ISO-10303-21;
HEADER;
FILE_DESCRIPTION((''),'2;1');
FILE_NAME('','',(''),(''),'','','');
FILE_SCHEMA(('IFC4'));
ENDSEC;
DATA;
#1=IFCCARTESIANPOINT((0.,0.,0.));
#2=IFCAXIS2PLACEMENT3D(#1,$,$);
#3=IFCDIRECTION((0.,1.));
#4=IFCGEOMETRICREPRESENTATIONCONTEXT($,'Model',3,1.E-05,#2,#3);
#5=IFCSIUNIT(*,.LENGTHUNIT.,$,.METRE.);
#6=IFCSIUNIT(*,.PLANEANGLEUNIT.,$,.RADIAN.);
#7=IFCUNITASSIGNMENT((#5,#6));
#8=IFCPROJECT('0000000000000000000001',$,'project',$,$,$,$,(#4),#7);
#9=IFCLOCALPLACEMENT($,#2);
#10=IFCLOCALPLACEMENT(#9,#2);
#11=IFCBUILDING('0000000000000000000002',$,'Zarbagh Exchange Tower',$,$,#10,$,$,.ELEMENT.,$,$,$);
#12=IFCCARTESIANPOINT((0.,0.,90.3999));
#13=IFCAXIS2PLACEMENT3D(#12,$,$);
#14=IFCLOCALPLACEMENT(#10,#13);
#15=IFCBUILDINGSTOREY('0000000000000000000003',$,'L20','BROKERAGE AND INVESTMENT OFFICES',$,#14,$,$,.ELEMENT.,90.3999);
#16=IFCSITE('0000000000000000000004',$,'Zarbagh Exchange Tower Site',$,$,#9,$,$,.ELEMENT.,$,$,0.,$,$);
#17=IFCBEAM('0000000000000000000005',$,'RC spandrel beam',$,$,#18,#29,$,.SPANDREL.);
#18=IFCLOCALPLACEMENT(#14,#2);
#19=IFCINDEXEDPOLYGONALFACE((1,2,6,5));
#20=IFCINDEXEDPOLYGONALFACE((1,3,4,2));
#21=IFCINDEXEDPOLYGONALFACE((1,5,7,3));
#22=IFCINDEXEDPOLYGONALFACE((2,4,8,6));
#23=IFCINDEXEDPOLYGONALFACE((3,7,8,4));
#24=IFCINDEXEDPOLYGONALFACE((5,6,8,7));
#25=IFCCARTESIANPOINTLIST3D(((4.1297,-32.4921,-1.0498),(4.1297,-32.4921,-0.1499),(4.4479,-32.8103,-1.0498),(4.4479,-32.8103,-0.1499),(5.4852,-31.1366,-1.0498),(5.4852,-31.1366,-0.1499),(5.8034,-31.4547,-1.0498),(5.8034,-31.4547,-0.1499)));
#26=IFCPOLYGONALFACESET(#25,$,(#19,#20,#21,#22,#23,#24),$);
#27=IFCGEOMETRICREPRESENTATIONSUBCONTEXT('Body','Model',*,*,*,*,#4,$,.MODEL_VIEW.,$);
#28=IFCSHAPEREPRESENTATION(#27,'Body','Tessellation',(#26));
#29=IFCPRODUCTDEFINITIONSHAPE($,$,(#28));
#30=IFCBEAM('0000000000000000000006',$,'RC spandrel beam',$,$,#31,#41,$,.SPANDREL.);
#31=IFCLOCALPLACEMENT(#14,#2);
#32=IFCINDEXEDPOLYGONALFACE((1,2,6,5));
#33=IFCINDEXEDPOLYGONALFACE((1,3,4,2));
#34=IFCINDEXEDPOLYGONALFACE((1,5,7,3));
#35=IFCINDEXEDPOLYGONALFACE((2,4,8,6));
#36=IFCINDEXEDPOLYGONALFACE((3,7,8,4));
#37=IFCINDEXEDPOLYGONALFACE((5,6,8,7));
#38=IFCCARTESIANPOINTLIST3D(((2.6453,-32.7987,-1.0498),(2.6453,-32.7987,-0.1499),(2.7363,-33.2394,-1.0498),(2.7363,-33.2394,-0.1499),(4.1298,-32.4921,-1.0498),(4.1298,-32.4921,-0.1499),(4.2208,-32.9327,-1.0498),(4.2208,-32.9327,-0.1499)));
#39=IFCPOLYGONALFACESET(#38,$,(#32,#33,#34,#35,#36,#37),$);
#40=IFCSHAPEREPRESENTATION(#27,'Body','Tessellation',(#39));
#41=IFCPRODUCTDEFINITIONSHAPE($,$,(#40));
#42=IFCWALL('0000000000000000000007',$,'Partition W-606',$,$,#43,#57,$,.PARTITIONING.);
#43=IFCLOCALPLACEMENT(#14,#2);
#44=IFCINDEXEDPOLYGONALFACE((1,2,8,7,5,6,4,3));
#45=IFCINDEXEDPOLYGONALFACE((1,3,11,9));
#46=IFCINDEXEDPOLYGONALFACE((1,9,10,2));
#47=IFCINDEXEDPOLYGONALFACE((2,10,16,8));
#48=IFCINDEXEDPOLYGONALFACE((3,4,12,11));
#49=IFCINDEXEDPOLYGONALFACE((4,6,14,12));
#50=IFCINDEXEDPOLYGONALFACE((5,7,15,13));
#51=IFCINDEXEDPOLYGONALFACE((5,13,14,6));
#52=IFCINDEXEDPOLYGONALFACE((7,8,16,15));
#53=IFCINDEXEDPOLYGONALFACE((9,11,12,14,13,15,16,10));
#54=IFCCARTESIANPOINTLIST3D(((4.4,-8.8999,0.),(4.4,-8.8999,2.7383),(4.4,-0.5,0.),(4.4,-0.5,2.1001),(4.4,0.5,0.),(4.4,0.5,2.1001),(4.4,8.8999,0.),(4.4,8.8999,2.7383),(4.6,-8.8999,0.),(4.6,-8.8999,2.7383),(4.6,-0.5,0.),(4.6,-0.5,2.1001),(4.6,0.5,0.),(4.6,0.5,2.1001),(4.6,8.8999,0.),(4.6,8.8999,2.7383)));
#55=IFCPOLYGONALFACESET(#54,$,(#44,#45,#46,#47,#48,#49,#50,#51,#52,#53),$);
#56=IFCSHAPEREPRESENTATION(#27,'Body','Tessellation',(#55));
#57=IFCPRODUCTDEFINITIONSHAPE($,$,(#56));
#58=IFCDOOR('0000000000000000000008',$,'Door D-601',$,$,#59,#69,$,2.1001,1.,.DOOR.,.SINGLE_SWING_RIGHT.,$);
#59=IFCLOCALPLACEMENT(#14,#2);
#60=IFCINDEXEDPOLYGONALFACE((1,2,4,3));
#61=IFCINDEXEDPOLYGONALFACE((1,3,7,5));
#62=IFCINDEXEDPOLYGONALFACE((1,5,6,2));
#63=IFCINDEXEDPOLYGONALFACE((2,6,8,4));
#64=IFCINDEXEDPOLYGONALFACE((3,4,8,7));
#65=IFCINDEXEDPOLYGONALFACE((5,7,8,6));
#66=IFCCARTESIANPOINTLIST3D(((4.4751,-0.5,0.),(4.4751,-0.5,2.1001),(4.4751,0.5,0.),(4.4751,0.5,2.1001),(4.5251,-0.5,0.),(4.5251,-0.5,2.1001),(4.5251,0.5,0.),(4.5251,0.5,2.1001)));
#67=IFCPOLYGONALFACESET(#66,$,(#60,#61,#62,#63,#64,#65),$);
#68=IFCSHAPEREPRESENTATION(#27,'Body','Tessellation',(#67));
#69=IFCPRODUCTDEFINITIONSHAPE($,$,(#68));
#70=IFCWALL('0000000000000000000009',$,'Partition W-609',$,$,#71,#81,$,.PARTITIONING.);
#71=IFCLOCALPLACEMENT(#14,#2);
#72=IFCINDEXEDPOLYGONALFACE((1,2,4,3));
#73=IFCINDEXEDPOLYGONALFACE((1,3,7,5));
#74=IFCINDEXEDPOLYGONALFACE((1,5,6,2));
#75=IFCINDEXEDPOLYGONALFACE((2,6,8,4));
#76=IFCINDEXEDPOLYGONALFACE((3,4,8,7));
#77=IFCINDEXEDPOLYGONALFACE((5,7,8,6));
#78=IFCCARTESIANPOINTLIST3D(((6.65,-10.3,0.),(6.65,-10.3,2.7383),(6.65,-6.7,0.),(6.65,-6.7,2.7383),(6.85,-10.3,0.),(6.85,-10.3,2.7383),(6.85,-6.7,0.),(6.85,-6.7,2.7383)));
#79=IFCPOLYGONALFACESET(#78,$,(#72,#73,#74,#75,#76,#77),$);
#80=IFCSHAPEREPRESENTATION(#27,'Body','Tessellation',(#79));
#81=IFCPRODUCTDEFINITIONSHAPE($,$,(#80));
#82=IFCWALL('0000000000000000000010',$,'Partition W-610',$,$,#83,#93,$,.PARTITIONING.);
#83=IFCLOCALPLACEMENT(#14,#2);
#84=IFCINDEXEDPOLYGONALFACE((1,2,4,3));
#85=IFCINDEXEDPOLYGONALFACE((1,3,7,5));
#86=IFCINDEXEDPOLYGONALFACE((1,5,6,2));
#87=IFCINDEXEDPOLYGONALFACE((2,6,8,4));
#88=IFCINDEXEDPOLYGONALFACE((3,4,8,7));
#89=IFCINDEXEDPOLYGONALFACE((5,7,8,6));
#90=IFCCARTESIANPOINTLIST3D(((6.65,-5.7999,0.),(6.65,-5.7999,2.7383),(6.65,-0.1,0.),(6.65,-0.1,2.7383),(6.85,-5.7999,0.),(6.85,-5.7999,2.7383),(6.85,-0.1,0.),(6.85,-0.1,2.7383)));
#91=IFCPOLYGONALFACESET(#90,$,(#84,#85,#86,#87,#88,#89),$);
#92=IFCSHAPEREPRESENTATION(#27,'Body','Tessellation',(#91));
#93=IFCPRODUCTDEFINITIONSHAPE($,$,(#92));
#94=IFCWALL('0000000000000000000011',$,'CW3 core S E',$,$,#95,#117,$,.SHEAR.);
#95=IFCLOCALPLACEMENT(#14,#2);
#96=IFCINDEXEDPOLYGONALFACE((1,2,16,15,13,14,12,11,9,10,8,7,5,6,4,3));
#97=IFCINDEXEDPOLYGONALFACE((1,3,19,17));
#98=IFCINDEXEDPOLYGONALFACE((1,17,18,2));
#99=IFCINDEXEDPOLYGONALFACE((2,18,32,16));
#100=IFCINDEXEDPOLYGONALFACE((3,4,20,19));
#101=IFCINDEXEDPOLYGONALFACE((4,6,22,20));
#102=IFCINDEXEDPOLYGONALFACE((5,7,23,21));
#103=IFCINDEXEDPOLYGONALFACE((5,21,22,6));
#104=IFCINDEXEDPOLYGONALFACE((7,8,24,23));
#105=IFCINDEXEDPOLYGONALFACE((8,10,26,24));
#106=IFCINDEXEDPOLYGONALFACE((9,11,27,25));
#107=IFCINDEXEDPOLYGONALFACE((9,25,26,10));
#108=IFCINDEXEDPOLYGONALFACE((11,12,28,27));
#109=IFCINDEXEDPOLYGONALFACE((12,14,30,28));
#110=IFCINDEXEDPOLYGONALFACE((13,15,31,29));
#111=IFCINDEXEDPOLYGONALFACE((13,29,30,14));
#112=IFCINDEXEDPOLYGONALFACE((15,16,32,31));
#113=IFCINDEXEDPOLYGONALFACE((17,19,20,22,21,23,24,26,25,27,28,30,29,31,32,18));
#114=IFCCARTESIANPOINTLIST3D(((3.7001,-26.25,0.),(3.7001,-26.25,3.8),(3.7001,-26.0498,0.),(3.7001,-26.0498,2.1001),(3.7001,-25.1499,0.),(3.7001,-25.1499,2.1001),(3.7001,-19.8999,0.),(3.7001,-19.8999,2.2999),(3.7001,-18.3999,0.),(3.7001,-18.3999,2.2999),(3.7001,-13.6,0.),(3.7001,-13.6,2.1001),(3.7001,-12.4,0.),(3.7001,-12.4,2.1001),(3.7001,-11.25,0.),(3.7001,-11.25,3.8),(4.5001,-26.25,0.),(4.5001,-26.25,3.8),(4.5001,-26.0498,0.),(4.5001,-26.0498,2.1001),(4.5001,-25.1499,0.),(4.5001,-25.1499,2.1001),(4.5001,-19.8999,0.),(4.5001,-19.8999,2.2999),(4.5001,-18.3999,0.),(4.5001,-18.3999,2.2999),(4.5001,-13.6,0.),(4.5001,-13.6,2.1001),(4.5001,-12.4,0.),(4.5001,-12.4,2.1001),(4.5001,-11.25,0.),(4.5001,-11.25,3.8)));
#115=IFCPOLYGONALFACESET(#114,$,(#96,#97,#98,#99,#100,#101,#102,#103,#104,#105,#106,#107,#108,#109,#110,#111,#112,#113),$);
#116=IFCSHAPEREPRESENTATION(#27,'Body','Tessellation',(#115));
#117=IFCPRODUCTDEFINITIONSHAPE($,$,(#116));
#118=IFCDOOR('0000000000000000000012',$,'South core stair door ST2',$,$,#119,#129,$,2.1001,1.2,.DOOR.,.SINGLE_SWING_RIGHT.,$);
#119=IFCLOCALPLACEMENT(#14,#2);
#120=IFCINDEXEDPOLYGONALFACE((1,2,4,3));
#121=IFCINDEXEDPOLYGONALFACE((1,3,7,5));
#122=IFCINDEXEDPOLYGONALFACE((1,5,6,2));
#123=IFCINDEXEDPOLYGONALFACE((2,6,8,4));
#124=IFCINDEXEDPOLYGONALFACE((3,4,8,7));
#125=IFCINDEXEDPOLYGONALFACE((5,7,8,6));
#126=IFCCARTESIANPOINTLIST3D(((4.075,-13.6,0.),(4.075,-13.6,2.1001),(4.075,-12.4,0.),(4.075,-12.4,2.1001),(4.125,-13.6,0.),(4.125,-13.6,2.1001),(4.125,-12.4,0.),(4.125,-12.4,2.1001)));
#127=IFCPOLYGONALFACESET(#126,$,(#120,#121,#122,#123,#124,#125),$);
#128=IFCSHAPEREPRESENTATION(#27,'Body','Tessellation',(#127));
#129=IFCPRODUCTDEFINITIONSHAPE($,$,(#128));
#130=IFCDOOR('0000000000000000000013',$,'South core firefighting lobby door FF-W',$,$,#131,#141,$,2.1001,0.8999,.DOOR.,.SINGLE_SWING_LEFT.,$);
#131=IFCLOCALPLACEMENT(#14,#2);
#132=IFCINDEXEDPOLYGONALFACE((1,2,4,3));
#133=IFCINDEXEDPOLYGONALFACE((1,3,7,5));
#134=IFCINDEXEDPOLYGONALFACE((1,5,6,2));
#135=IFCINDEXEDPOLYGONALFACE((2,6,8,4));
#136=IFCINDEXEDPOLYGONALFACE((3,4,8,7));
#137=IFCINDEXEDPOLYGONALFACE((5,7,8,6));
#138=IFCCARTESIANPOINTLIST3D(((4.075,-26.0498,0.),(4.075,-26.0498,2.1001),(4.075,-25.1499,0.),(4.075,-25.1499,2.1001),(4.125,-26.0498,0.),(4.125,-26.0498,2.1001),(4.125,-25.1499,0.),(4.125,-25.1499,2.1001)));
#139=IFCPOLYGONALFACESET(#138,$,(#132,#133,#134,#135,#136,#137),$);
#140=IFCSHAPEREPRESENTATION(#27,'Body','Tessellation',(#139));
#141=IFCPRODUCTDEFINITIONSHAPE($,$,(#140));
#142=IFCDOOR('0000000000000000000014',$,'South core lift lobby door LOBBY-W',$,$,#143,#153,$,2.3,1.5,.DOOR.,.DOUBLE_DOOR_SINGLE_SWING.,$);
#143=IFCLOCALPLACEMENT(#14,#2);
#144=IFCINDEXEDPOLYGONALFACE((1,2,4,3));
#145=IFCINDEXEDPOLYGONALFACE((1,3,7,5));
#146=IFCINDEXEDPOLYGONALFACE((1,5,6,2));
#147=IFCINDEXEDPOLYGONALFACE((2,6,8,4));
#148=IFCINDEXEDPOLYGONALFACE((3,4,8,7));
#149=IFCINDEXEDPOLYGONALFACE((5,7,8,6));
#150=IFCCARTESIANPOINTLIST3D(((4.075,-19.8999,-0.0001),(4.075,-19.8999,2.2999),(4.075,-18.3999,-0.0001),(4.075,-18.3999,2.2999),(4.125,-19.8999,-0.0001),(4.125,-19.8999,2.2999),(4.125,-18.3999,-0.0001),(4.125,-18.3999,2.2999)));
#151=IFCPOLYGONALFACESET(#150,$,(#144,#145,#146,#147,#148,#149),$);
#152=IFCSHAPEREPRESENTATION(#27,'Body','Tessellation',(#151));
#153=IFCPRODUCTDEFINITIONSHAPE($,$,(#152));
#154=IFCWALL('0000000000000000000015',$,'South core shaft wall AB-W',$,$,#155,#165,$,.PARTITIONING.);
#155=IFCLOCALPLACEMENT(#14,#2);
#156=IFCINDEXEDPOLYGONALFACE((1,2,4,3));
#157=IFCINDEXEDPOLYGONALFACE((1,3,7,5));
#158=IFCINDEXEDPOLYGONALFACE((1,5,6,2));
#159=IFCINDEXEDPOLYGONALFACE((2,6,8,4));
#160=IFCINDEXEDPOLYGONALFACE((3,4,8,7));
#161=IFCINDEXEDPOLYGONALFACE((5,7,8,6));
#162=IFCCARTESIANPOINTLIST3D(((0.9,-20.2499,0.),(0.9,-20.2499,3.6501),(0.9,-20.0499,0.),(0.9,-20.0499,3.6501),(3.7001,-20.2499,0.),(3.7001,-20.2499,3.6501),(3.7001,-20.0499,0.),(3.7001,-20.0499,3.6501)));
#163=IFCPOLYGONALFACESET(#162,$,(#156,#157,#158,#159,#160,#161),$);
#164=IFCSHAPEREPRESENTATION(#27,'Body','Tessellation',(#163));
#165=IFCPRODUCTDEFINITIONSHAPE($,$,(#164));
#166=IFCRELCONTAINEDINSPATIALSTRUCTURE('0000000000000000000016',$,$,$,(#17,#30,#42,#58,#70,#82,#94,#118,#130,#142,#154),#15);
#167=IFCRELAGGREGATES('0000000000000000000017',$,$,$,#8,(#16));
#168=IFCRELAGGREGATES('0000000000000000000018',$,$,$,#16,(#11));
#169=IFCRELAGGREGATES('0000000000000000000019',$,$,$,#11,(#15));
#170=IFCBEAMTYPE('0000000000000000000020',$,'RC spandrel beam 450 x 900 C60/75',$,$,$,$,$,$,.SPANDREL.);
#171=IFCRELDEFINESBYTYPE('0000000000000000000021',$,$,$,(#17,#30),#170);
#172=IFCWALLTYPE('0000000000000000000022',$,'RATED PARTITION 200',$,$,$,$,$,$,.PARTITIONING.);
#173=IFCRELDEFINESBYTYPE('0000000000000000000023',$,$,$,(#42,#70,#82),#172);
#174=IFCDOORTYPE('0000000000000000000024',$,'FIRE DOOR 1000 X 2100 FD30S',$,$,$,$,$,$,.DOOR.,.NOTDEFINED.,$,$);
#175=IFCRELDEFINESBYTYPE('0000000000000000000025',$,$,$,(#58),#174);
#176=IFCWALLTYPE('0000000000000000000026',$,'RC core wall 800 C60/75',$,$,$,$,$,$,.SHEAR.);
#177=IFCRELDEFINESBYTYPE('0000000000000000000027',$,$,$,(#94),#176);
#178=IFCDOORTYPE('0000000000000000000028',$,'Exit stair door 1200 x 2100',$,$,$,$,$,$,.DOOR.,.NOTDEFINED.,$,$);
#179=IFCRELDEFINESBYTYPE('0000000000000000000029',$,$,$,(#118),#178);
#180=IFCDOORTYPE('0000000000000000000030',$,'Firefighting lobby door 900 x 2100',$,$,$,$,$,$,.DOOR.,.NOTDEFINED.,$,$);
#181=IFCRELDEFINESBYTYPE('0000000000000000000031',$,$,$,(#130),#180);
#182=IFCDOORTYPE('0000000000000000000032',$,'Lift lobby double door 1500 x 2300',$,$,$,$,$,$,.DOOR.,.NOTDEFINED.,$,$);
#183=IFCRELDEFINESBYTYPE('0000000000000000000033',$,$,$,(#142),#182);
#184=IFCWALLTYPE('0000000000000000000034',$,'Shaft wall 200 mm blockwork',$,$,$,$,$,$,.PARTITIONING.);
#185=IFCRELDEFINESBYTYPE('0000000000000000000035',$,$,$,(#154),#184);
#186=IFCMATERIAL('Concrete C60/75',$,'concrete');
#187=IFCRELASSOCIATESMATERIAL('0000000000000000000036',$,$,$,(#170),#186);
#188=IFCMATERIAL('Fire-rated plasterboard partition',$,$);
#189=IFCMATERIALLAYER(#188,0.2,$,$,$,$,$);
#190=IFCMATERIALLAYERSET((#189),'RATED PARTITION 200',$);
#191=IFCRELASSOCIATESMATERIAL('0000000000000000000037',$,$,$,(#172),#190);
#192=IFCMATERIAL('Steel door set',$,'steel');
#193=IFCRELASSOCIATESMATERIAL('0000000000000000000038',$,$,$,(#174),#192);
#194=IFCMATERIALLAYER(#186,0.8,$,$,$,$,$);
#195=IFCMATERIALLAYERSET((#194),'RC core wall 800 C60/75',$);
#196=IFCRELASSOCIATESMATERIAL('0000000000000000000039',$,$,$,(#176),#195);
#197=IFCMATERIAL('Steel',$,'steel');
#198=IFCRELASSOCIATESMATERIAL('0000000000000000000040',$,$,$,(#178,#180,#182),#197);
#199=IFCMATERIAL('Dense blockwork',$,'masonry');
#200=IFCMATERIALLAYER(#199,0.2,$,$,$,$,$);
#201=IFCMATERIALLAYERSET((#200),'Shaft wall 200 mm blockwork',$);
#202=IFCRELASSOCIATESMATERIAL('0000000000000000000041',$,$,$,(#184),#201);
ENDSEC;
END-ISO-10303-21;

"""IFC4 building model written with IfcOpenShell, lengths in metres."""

from ifc_helpers import new_model, si_unit, direction, frame, frame_2d, origin, origin_2d, place, context, subcontext, project, spatial, rectangle, extrude, material, layer, layer_set, material_profile, profile_set, type_object, element, fill, save


model = new_model("IFC4")

# Units and contexts
model_context = context("Model", 3, precision=1e-05, world=origin(), true_north=direction((0.0, 1.0)))
body_context = subcontext(model_context, "Body", "Model", "MODEL_VIEW")
ifc_project = project(units=[si_unit("LENGTHUNIT", "METRE"), si_unit("PLANEANGLEUNIT", "RADIAN")], contexts=[model_context])

# Site, building, storey
site_placement = place(None, origin())
site = spatial("IfcSite", under=ifc_project, at=site_placement, Name="Zarbagh Exchange Tower Site", CompositionType="ELEMENT", RefElevation=0.0)
building_placement = place(site_placement, origin())
building = spatial("IfcBuilding", under=site, at=building_placement, Name="Zarbagh Exchange Tower", CompositionType="ELEMENT")
storey_placement = place(building_placement, frame((0.0, 0.0, 90.3999)))
storey = spatial("IfcBuildingStorey", under=building, at=storey_placement, Name="L20", Description="BROKERAGE AND INVESTMENT OFFICES", CompositionType="ELEMENT", Elevation=90.3999)

# Shared definitions
ifc_material_1 = material(Name="Concrete C60/75", Category="concrete")

# Beams
ifc_material_profile_1 = material_profile(ifc_material_1, rectangle(XDim=0.45, YDim=0.8999, at=origin_2d()), Name="RC spandrel beam 450 x 900 C60/75")
ifc_profile_set_1 = profile_set([ifc_material_profile_1], Name="Concrete C60/75")
beam_type_1 = type_object("IfcBeamType", Name="RC spandrel beam 450 x 900 C60/75", PredefinedType="SPANDREL", material=ifc_profile_set_1)
beam_1_placement = place(storey_placement, frame((5.6443, -31.2957, -0.5999), z_axis=(-0.707107, -0.707107, 0.0), x_axis=(0.707107, -0.707107, 0.0)))
element("IfcBeam", 1, at=beam_1_placement, inside=storey, type_object=beam_type_1, Name="RC spandrel beam", PredefinedType="SPANDREL", context=body_context, shape_type="SweptSolid", body=[
    extrude(rectangle(XDim=0.45, YDim=0.8999, at=origin_2d()), origin(), (0.0, 0.0, 1.0), 1.917),
])
beam_2_placement = place(storey_placement, frame((4.1753, -32.7124, -0.5999), z_axis=(-0.979329, -0.202275, 0.0), x_axis=(0.202275, -0.979329, 0.0)))
element("IfcBeam", 2, at=beam_2_placement, inside=storey, type_object=beam_type_1, Name="RC spandrel beam", PredefinedType="SPANDREL", context=body_context, shape_type="SweptSolid", body=[
    extrude(rectangle(XDim=0.45, YDim=0.8999, at=origin_2d()), origin(), (0.0, 0.0, 1.0), 1.5159),
])

# Wall, opening, door
ifc_material_2 = material(Name="Fire-rated plasterboard partition")
ifc_layer_1 = layer(ifc_material_2, 0.2)
ifc_layer_set_1 = layer_set([ifc_layer_1], Name="RATED PARTITION 200")
wall_type_1 = type_object("IfcWallType", Name="RATED PARTITION 200", PredefinedType="PARTITIONING", material=ifc_layer_set_1)
wall_1_placement = place(storey_placement, frame((4.5, -8.8999, 0.0), z_axis=(0.0, 0.0, 1.0), x_axis=(0.0, 1.0, 0.0)))
wall_1 = element("IfcWall", 3, at=wall_1_placement, inside=storey, type_object=wall_type_1, Name="Partition W-606", PredefinedType="PARTITIONING", context=body_context, shape_type="SweptSolid", body=[
    extrude(rectangle(XDim=17.7998, YDim=0.2, at=frame_2d((8.8999, 0.0))), origin(), (0.0, 0.0, 1.0), 2.7383),
])
opening_1_placement = place(wall_1_placement, frame((8.3999, 0.0, 0.0)))
opening_1 = element("IfcOpeningElement", 4, at=opening_1_placement, cuts=wall_1, PredefinedType="OPENING", context=body_context, shape_type="SweptSolid", body=[
    extrude(rectangle(XDim=1.0, YDim=2.1001, at=frame_2d((0.5, 1.05))), frame((0.0, 0.1099, 0.0), z_axis=(0.0, -1.0, 0.0), x_axis=(1.0, 0.0, 0.0)), (0.0, 0.0, 1.0), 0.22),
])
ifc_material_3 = material(Name="Steel door set", Category="steel")
door_type_1 = type_object("IfcDoorType", Name="FIRE DOOR 1000 X 2100 FD30S", OperationType="NOTDEFINED", PredefinedType="DOOR", material=ifc_material_3)
door_1_placement = place(opening_1_placement, origin())
door_1 = element("IfcDoor", 5, at=door_1_placement, inside=storey, type_object=door_type_1, Name="Door D-601", OperationType="SINGLE_SWING_RIGHT", OverallHeight=2.1001, OverallWidth=1.0, PredefinedType="DOOR", context=body_context, shape_type="SweptSolid", body=[
    extrude(rectangle(XDim=1.0, YDim=2.1001, at=frame_2d((0.5, 1.05))), frame((0.0, 0.0249, 0.0), z_axis=(0.0, -1.0, 0.0), x_axis=(1.0, 0.0, 0.0)), (0.0, 0.0, 1.0), 0.05),
])
fill(opening_1, door_1)

# Walls
wall_2_placement = place(storey_placement, frame((6.75, -10.3, 0.0), z_axis=(0.0, 0.0, 1.0), x_axis=(0.0, 1.0, 0.0)))
element("IfcWall", 6, at=wall_2_placement, inside=storey, type_object=wall_type_1, Name="Partition W-609", PredefinedType="PARTITIONING", context=body_context, shape_type="SweptSolid", body=[
    extrude(rectangle(XDim=3.6001, YDim=0.2, at=frame_2d((1.8, 0.0))), origin(), (0.0, 0.0, 1.0), 2.7383),
])
wall_3_placement = place(storey_placement, frame((6.75, -5.8, 0.0), z_axis=(0.0, 0.0, 1.0), x_axis=(0.0, 1.0, 0.0)))
element("IfcWall", 7, at=wall_3_placement, inside=storey, type_object=wall_type_1, Name="Partition W-610", PredefinedType="PARTITIONING", context=body_context, shape_type="SweptSolid", body=[
    extrude(rectangle(XDim=5.7, YDim=0.2, at=frame_2d((2.8501, 0.0))), origin(), (0.0, 0.0, 1.0), 2.7383),
])

# Wall, openings, doors
ifc_layer_2 = layer(ifc_material_1, 0.8)
ifc_layer_set_2 = layer_set([ifc_layer_2], Name="RC core wall 800 C60/75")
wall_type_2 = type_object("IfcWallType", Name="RC core wall 800 C60/75", PredefinedType="SHEAR", material=ifc_layer_set_2)
wall_4_placement = place(storey_placement, frame((4.1001, -11.25, 0.0), z_axis=(0.0, 0.0, 1.0), x_axis=(0.0, -1.0, 0.0)))
wall_4 = element("IfcWall", 8, at=wall_4_placement, inside=storey, type_object=wall_type_2, Name="CW3 core S E", PredefinedType="SHEAR", context=body_context, shape_type="SweptSolid", body=[
    extrude(rectangle(XDim=15.0, YDim=0.8, at=frame_2d((7.5, 0.0))), origin(), (0.0, 0.0, 1.0), 3.8),
])
opening_2_placement = place(wall_4_placement, frame((7.1499, 0.0, 0.0)))
opening_2 = element("IfcOpeningElement", 9, at=opening_2_placement, cuts=wall_4, PredefinedType="OPENING", context=body_context, shape_type="SweptSolid", body=[
    extrude(rectangle(XDim=1.5, YDim=2.3, at=frame_2d((0.75, 1.1499))), frame((0.0, 0.4099, 0.0), z_axis=(0.0, -1.0, 0.0), x_axis=(1.0, 0.0, 0.0)), (0.0, 0.0, 1.0), 0.8201),
])
opening_3_placement = place(wall_4_placement, frame((13.8999, 0.0, 0.0)))
opening_3 = element("IfcOpeningElement", 10, at=opening_3_placement, cuts=wall_4, PredefinedType="OPENING", context=body_context, shape_type="SweptSolid", body=[
    extrude(rectangle(XDim=0.8999, YDim=2.1001, at=frame_2d((0.45, 1.05))), frame((0.0, 0.4099, 0.0), z_axis=(0.0, -1.0, 0.0), x_axis=(1.0, 0.0, 0.0)), (0.0, 0.0, 1.0), 0.8201),
])
opening_4_placement = place(wall_4_placement, frame((1.1499, 0.0, 0.0)))
opening_4 = element("IfcOpeningElement", 11, at=opening_4_placement, cuts=wall_4, PredefinedType="OPENING", context=body_context, shape_type="SweptSolid", body=[
    extrude(rectangle(XDim=1.2, YDim=2.1001, at=frame_2d((0.6001, 1.05))), frame((0.0, 0.4099, 0.0), z_axis=(0.0, -1.0, 0.0), x_axis=(1.0, 0.0, 0.0)), (0.0, 0.0, 1.0), 0.8201),
])
ifc_material_4 = material(Name="Steel", Category="steel")
door_type_2 = type_object("IfcDoorType", Name="Exit stair door 1200 x 2100", OperationType="NOTDEFINED", PredefinedType="DOOR", material=ifc_material_4)
door_2_placement = place(opening_4_placement, origin())
door_2 = element("IfcDoor", 12, at=door_2_placement, inside=storey, type_object=door_type_2, Name="South core stair door ST2", OperationType="SINGLE_SWING_RIGHT", OverallHeight=2.1001, OverallWidth=1.2, PredefinedType="DOOR", context=body_context, shape_type="SweptSolid", body=[
    extrude(rectangle(XDim=1.2, YDim=2.1001, at=frame_2d((0.6001, 1.05))), frame((0.0, 0.0249, 0.0), z_axis=(0.0, -1.0, 0.0), x_axis=(1.0, 0.0, 0.0)), (0.0, 0.0, 1.0), 0.05),
])
fill(opening_4, door_2)
door_type_3 = type_object("IfcDoorType", Name="Firefighting lobby door 900 x 2100", OperationType="NOTDEFINED", PredefinedType="DOOR", material=ifc_material_4)
door_3_placement = place(opening_3_placement, origin())
door_3 = element("IfcDoor", 13, at=door_3_placement, inside=storey, type_object=door_type_3, Name="South core firefighting lobby door FF-W", OperationType="SINGLE_SWING_LEFT", OverallHeight=2.1001, OverallWidth=0.8999, PredefinedType="DOOR", context=body_context, shape_type="SweptSolid", body=[
    extrude(rectangle(XDim=0.8999, YDim=2.1001, at=frame_2d((0.45, 1.05))), frame((0.0, 0.0249, 0.0), z_axis=(0.0, -1.0, 0.0), x_axis=(1.0, 0.0, 0.0)), (0.0, 0.0, 1.0), 0.05),
])
fill(opening_3, door_3)
door_type_4 = type_object("IfcDoorType", Name="Lift lobby double door 1500 x 2300", OperationType="NOTDEFINED", PredefinedType="DOOR", material=ifc_material_4)
door_4_placement = place(opening_2_placement, origin())
door_4 = element("IfcDoor", 14, at=door_4_placement, inside=storey, type_object=door_type_4, Name="South core lift lobby door LOBBY-W", OperationType="DOUBLE_DOOR_SINGLE_SWING", OverallHeight=2.3, OverallWidth=1.5, PredefinedType="DOOR", context=body_context, shape_type="SweptSolid", body=[
    extrude(rectangle(XDim=1.5, YDim=2.3, at=frame_2d((0.75, 1.1499))), frame((0.0, 0.0249, 0.0), z_axis=(0.0, -1.0, 0.0), x_axis=(1.0, 0.0, 0.0)), (0.0, 0.0, 1.0), 0.05),
])
fill(opening_2, door_4)

# Wall
ifc_material_5 = material(Name="Dense blockwork", Category="masonry")
ifc_layer_3 = layer(ifc_material_5, 0.2)
ifc_layer_set_3 = layer_set([ifc_layer_3], Name="Shaft wall 200 mm blockwork")
wall_type_3 = type_object("IfcWallType", Name="Shaft wall 200 mm blockwork", PredefinedType="PARTITIONING", material=ifc_layer_set_3)
wall_5_placement = place(storey_placement, frame((3.7, -20.1499, 0.0), z_axis=(0.0, 0.0, 1.0), x_axis=(-1.0, 0.0, 0.0)))
element("IfcWall", 15, at=wall_5_placement, inside=storey, type_object=wall_type_3, Name="South core shaft wall AB-W", PredefinedType="PARTITIONING", context=body_context, shape_type="SweptSolid", body=[
    extrude(rectangle(XDim=2.8, YDim=0.2, at=frame_2d((1.3999, 0.0))), origin(), (0.0, 0.0, 1.0), 3.6501),
])

save(model, "model.ifc")
